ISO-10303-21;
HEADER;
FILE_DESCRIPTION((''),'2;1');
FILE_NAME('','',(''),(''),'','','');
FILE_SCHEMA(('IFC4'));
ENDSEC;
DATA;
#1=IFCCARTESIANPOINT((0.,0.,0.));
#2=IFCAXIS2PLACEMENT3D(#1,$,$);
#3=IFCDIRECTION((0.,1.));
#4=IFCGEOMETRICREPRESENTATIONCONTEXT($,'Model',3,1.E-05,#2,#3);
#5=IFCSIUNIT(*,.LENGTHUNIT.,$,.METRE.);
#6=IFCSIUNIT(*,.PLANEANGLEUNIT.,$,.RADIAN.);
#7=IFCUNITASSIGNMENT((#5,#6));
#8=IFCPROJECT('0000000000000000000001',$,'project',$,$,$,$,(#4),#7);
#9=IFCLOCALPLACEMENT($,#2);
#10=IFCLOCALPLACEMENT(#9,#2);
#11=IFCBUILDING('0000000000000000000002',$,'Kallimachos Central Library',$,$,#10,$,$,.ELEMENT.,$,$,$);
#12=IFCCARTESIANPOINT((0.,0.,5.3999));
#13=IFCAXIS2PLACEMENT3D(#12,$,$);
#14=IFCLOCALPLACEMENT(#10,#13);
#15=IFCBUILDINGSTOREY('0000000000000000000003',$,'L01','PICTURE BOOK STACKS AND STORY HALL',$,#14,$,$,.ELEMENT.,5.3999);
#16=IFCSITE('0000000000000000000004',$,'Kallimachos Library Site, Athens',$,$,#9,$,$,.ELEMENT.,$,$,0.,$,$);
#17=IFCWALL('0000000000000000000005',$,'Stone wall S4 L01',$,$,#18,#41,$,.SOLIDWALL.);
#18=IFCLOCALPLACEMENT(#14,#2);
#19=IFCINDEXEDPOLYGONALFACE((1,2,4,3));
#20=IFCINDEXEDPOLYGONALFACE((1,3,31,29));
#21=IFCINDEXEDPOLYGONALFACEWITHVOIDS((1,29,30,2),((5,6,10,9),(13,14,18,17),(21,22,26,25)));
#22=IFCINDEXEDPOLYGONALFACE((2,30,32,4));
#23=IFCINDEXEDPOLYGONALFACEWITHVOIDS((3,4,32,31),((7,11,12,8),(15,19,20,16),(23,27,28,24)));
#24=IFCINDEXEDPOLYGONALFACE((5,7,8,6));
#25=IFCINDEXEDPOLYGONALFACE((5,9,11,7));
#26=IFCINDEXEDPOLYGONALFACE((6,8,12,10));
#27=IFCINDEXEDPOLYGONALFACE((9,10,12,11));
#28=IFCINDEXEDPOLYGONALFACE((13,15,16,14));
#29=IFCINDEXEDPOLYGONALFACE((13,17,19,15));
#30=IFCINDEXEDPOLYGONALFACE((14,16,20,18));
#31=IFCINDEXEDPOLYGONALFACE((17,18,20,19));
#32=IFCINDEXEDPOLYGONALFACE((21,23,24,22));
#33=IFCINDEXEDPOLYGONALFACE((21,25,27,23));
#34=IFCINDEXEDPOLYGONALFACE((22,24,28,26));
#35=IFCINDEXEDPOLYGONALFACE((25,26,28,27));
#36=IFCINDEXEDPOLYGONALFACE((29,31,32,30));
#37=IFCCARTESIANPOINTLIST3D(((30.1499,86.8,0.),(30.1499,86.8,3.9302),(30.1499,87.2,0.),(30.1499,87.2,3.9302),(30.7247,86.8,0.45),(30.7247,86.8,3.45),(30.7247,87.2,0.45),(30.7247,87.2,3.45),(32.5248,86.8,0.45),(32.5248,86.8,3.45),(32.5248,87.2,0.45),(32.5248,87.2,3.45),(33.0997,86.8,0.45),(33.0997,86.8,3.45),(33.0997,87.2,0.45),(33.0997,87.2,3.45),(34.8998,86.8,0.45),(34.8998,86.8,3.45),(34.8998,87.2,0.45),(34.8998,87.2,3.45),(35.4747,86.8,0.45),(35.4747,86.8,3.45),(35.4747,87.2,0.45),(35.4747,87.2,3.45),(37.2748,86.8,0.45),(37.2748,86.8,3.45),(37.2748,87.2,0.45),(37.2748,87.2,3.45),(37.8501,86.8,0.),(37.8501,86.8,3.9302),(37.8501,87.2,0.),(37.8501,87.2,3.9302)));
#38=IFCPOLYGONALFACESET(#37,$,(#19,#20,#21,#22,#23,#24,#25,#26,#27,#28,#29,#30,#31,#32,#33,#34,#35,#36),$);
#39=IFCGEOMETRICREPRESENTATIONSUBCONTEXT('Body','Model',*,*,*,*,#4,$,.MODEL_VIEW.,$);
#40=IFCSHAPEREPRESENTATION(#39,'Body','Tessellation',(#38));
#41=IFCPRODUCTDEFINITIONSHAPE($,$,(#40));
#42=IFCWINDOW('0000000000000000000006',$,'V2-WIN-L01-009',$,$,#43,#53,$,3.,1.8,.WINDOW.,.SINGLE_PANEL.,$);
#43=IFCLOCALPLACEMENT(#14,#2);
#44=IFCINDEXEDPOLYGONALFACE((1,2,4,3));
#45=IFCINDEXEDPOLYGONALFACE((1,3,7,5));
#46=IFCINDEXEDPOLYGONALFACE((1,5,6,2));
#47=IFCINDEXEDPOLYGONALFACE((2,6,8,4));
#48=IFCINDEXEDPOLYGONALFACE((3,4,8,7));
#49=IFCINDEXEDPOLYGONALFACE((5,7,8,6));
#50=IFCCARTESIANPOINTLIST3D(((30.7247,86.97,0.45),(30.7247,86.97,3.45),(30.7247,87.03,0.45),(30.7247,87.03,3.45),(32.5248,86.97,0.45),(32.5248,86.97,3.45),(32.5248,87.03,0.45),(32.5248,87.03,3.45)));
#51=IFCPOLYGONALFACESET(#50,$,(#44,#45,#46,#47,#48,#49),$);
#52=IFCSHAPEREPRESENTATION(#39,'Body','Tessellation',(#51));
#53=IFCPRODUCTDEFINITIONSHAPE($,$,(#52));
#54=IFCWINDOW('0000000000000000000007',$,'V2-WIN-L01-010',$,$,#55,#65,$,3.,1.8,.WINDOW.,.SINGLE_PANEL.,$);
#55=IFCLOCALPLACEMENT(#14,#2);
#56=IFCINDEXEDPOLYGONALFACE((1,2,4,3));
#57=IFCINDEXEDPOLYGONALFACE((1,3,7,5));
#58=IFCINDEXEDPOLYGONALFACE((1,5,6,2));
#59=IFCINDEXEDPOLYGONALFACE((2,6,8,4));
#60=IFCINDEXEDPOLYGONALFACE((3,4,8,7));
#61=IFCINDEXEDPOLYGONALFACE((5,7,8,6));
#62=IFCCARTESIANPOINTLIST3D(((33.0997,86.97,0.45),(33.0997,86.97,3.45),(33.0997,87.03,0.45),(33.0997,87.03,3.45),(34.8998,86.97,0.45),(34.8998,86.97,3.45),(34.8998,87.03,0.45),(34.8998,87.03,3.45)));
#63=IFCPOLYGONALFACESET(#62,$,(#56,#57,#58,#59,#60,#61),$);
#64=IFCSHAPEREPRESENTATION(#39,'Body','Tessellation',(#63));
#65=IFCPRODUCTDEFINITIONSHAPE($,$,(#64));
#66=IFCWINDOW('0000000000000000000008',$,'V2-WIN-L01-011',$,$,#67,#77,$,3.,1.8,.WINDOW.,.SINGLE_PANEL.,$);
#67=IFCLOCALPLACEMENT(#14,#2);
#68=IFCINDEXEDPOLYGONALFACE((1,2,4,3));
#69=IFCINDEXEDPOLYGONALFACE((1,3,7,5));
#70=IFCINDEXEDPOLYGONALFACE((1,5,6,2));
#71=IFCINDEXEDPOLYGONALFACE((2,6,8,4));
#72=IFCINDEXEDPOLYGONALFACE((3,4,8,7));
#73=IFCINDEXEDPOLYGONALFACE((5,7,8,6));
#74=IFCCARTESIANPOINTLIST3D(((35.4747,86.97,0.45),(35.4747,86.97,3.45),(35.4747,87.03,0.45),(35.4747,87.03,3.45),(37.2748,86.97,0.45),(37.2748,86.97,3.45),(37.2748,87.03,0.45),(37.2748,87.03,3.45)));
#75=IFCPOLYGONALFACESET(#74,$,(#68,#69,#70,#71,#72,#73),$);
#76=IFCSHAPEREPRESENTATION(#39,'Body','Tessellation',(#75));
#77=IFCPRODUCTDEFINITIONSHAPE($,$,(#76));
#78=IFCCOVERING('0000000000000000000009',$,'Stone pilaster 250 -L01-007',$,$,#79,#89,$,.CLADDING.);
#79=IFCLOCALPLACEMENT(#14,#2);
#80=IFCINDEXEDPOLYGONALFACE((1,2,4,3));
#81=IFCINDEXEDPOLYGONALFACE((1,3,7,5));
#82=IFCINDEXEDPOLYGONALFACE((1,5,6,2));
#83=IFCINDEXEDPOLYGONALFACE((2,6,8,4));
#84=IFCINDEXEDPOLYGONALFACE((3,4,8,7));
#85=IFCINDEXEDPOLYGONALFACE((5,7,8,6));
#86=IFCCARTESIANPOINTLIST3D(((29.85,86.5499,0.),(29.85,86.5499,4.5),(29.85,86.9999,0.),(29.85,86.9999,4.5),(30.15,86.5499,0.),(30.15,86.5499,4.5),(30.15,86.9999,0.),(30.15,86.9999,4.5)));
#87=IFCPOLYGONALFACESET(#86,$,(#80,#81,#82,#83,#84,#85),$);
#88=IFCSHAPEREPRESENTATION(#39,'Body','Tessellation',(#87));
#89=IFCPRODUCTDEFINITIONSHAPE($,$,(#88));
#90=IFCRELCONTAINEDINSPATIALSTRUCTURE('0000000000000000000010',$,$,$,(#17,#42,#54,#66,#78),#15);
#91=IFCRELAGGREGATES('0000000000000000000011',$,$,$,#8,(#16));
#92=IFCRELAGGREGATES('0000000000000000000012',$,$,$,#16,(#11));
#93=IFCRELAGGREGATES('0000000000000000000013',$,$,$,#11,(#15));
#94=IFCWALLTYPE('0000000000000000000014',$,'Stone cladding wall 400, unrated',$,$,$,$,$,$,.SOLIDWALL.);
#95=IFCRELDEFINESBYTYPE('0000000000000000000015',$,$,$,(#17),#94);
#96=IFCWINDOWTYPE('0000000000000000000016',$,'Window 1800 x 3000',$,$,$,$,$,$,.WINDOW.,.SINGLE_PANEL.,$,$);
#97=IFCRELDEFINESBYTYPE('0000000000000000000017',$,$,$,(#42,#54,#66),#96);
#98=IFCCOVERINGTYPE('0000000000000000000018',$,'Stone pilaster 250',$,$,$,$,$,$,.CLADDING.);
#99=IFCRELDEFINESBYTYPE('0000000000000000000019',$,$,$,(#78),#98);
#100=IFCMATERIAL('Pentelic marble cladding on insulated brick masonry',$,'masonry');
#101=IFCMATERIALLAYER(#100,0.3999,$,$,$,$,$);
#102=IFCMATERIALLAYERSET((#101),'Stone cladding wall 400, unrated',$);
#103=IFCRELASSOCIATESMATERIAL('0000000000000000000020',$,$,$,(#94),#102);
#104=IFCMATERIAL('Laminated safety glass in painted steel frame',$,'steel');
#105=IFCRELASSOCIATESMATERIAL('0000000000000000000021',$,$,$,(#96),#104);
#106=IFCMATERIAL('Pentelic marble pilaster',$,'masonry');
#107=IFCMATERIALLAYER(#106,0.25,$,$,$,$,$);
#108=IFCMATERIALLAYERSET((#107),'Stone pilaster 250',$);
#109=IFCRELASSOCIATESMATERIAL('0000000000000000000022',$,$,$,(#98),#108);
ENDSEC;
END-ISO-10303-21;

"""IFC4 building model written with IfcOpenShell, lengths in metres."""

from ifc_helpers import new_model, si_unit, direction, frame, frame_2d, origin, origin_2d, place, context, subcontext, project, spatial, rectangle, extrude, material, layer, layer_set, type_object, element, fill, save


model = new_model("IFC4")

# Units and contexts
model_context = context("Model", 3, precision=1e-05, world=origin(), true_north=direction((0.0, 1.0)))
body_context = subcontext(model_context, "Body", "Model", "MODEL_VIEW")
ifc_project = project(units=[si_unit("LENGTHUNIT", "METRE"), si_unit("PLANEANGLEUNIT", "RADIAN")], contexts=[model_context])

# Site, building, storey
site_placement = place(None, origin())
site = spatial("IfcSite", under=ifc_project, at=site_placement, Name="Kallimachos Library Site, Athens", CompositionType="ELEMENT", RefElevation=0.0)
building_placement = place(site_placement, origin())
building = spatial("IfcBuilding", under=site, at=building_placement, Name="Kallimachos Central Library", CompositionType="ELEMENT")
storey_placement = place(building_placement, frame((0.0, 0.0, 5.3999)))
storey = spatial("IfcBuildingStorey", under=building, at=storey_placement, Name="L01", Description="PICTURE BOOK STACKS AND STORY HALL", CompositionType="ELEMENT", Elevation=5.3999)

# Wall, openings, windows
ifc_material_1 = material(Name="Pentelic marble cladding on insulated brick masonry", Category="masonry")
ifc_layer_1 = layer(ifc_material_1, 0.3999)
ifc_layer_set_1 = layer_set([ifc_layer_1], Name="Stone cladding wall 400, unrated")
wall_type = type_object("IfcWallType", Name="Stone cladding wall 400, unrated", PredefinedType="SOLIDWALL", material=ifc_layer_set_1)
wall_placement = place(storey_placement, frame((30.1499, 87.0, 0.0), z_axis=(0.0, 0.0, 1.0), x_axis=(1.0, 0.0, 0.0)))
wall = element("IfcWall", 1, at=wall_placement, inside=storey, type_object=wall_type, Name="Stone wall S4 L01", PredefinedType="SOLIDWALL", context=body_context, shape_type="SweptSolid", body=[
    extrude(rectangle(XDim=7.7002, YDim=0.3999, at=frame_2d((3.8501, 0.0))), origin(), (0.0, 0.0, 1.0), 3.9302),
])
opening_1_placement = place(wall_placement, frame((0.575, 0.0, 0.45)))
opening_1 = element("IfcOpeningElement", 2, at=opening_1_placement, cuts=wall, PredefinedType="OPENING", context=body_context, shape_type="SweptSolid", body=[
    extrude(rectangle(XDim=1.8, YDim=3.0, at=frame_2d((0.8999, 1.5))), frame((0.0, 0.21, 0.0), z_axis=(0.0, -1.0, 0.0), x_axis=(1.0, 0.0, 0.0)), (0.0, 0.0, 1.0), 0.4199),
])
opening_2_placement = place(wall_placement, frame((2.95, 0.0, 0.45)))
opening_2 = element("IfcOpeningElement", 3, at=opening_2_placement, cuts=wall, PredefinedType="OPENING", context=body_context, shape_type="SweptSolid", body=[
    extrude(rectangle(XDim=1.8, YDim=3.0, at=frame_2d((0.8999, 1.5))), frame((0.0, 0.21, 0.0), z_axis=(0.0, -1.0, 0.0), x_axis=(1.0, 0.0, 0.0)), (0.0, 0.0, 1.0), 0.4199),
])
opening_3_placement = place(wall_placement, frame((5.325, 0.0, 0.45)))
opening_3 = element("IfcOpeningElement", 4, at=opening_3_placement, cuts=wall, PredefinedType="OPENING", context=body_context, shape_type="SweptSolid", body=[
    extrude(rectangle(XDim=1.8, YDim=3.0, at=frame_2d((0.8999, 1.5))), frame((0.0, 0.21, 0.0), z_axis=(0.0, -1.0, 0.0), x_axis=(1.0, 0.0, 0.0)), (0.0, 0.0, 1.0), 0.4199),
])
ifc_material_2 = material(Name="Laminated safety glass in painted steel frame", Category="steel")
window_type = type_object("IfcWindowType", Name="Window 1800 x 3000", PartitioningType="SINGLE_PANEL", PredefinedType="WINDOW", material=ifc_material_2)
window_1_placement = place(opening_1_placement, origin())
window_1 = element("IfcWindow", 5, at=window_1_placement, inside=storey, type_object=window_type, Name="V2-WIN-L01-009", OverallHeight=3.0, OverallWidth=1.8, PartitioningType="SINGLE_PANEL", PredefinedType="WINDOW", context=body_context, shape_type="SweptSolid", body=[
    extrude(rectangle(XDim=1.8, YDim=3.0, at=frame_2d((0.8999, 1.5))), frame((0.0, 0.03, 0.0), z_axis=(0.0, -1.0, 0.0), x_axis=(1.0, 0.0, 0.0)), (0.0, 0.0, 1.0), 0.0601),
])
fill(opening_1, window_1)
window_2_placement = place(opening_2_placement, origin())
window_2 = element("IfcWindow", 6, at=window_2_placement, inside=storey, type_object=window_type, Name="V2-WIN-L01-010", OverallHeight=3.0, OverallWidth=1.8, PartitioningType="SINGLE_PANEL", PredefinedType="WINDOW", context=body_context, shape_type="SweptSolid", body=[
    extrude(rectangle(XDim=1.8, YDim=3.0, at=frame_2d((0.8999, 1.5))), frame((0.0, 0.03, 0.0), z_axis=(0.0, -1.0, 0.0), x_axis=(1.0, 0.0, 0.0)), (0.0, 0.0, 1.0), 0.0601),
])
fill(opening_2, window_2)
window_3_placement = place(opening_3_placement, origin())
window_3 = element("IfcWindow", 7, at=window_3_placement, inside=storey, type_object=window_type, Name="V2-WIN-L01-011", OverallHeight=3.0, OverallWidth=1.8, PartitioningType="SINGLE_PANEL", PredefinedType="WINDOW", context=body_context, shape_type="SweptSolid", body=[
    extrude(rectangle(XDim=1.8, YDim=3.0, at=frame_2d((0.8999, 1.5))), frame((0.0, 0.03, 0.0), z_axis=(0.0, -1.0, 0.0), x_axis=(1.0, 0.0, 0.0)), (0.0, 0.0, 1.0), 0.0601),
])
fill(opening_3, window_3)

# Covering
ifc_material_3 = material(Name="Pentelic marble pilaster", Category="masonry")
ifc_layer_2 = layer(ifc_material_3, 0.25)
ifc_layer_set_2 = layer_set([ifc_layer_2], Name="Stone pilaster 250")
covering_type_1 = type_object("IfcCoveringType", Name="Stone pilaster 250", PredefinedType="CLADDING", material=ifc_layer_set_2)
covering_1_placement = place(storey_placement, frame((30.0, 86.7749, 0.0), z_axis=(0.0, 0.0, 1.0), x_axis=(1.0, 0.0, 0.0)))
element("IfcCovering", 8, at=covering_1_placement, inside=storey, type_object=covering_type_1, Name="Stone pilaster 250 -L01-007", PredefinedType="CLADDING", context=body_context, shape_type="SweptSolid", body=[
    extrude(rectangle(XDim=0.3, YDim=0.45, at=origin_2d()), origin(), (0.0, 0.0, 1.0), 4.5),
])

save(model, "model.ifc")
